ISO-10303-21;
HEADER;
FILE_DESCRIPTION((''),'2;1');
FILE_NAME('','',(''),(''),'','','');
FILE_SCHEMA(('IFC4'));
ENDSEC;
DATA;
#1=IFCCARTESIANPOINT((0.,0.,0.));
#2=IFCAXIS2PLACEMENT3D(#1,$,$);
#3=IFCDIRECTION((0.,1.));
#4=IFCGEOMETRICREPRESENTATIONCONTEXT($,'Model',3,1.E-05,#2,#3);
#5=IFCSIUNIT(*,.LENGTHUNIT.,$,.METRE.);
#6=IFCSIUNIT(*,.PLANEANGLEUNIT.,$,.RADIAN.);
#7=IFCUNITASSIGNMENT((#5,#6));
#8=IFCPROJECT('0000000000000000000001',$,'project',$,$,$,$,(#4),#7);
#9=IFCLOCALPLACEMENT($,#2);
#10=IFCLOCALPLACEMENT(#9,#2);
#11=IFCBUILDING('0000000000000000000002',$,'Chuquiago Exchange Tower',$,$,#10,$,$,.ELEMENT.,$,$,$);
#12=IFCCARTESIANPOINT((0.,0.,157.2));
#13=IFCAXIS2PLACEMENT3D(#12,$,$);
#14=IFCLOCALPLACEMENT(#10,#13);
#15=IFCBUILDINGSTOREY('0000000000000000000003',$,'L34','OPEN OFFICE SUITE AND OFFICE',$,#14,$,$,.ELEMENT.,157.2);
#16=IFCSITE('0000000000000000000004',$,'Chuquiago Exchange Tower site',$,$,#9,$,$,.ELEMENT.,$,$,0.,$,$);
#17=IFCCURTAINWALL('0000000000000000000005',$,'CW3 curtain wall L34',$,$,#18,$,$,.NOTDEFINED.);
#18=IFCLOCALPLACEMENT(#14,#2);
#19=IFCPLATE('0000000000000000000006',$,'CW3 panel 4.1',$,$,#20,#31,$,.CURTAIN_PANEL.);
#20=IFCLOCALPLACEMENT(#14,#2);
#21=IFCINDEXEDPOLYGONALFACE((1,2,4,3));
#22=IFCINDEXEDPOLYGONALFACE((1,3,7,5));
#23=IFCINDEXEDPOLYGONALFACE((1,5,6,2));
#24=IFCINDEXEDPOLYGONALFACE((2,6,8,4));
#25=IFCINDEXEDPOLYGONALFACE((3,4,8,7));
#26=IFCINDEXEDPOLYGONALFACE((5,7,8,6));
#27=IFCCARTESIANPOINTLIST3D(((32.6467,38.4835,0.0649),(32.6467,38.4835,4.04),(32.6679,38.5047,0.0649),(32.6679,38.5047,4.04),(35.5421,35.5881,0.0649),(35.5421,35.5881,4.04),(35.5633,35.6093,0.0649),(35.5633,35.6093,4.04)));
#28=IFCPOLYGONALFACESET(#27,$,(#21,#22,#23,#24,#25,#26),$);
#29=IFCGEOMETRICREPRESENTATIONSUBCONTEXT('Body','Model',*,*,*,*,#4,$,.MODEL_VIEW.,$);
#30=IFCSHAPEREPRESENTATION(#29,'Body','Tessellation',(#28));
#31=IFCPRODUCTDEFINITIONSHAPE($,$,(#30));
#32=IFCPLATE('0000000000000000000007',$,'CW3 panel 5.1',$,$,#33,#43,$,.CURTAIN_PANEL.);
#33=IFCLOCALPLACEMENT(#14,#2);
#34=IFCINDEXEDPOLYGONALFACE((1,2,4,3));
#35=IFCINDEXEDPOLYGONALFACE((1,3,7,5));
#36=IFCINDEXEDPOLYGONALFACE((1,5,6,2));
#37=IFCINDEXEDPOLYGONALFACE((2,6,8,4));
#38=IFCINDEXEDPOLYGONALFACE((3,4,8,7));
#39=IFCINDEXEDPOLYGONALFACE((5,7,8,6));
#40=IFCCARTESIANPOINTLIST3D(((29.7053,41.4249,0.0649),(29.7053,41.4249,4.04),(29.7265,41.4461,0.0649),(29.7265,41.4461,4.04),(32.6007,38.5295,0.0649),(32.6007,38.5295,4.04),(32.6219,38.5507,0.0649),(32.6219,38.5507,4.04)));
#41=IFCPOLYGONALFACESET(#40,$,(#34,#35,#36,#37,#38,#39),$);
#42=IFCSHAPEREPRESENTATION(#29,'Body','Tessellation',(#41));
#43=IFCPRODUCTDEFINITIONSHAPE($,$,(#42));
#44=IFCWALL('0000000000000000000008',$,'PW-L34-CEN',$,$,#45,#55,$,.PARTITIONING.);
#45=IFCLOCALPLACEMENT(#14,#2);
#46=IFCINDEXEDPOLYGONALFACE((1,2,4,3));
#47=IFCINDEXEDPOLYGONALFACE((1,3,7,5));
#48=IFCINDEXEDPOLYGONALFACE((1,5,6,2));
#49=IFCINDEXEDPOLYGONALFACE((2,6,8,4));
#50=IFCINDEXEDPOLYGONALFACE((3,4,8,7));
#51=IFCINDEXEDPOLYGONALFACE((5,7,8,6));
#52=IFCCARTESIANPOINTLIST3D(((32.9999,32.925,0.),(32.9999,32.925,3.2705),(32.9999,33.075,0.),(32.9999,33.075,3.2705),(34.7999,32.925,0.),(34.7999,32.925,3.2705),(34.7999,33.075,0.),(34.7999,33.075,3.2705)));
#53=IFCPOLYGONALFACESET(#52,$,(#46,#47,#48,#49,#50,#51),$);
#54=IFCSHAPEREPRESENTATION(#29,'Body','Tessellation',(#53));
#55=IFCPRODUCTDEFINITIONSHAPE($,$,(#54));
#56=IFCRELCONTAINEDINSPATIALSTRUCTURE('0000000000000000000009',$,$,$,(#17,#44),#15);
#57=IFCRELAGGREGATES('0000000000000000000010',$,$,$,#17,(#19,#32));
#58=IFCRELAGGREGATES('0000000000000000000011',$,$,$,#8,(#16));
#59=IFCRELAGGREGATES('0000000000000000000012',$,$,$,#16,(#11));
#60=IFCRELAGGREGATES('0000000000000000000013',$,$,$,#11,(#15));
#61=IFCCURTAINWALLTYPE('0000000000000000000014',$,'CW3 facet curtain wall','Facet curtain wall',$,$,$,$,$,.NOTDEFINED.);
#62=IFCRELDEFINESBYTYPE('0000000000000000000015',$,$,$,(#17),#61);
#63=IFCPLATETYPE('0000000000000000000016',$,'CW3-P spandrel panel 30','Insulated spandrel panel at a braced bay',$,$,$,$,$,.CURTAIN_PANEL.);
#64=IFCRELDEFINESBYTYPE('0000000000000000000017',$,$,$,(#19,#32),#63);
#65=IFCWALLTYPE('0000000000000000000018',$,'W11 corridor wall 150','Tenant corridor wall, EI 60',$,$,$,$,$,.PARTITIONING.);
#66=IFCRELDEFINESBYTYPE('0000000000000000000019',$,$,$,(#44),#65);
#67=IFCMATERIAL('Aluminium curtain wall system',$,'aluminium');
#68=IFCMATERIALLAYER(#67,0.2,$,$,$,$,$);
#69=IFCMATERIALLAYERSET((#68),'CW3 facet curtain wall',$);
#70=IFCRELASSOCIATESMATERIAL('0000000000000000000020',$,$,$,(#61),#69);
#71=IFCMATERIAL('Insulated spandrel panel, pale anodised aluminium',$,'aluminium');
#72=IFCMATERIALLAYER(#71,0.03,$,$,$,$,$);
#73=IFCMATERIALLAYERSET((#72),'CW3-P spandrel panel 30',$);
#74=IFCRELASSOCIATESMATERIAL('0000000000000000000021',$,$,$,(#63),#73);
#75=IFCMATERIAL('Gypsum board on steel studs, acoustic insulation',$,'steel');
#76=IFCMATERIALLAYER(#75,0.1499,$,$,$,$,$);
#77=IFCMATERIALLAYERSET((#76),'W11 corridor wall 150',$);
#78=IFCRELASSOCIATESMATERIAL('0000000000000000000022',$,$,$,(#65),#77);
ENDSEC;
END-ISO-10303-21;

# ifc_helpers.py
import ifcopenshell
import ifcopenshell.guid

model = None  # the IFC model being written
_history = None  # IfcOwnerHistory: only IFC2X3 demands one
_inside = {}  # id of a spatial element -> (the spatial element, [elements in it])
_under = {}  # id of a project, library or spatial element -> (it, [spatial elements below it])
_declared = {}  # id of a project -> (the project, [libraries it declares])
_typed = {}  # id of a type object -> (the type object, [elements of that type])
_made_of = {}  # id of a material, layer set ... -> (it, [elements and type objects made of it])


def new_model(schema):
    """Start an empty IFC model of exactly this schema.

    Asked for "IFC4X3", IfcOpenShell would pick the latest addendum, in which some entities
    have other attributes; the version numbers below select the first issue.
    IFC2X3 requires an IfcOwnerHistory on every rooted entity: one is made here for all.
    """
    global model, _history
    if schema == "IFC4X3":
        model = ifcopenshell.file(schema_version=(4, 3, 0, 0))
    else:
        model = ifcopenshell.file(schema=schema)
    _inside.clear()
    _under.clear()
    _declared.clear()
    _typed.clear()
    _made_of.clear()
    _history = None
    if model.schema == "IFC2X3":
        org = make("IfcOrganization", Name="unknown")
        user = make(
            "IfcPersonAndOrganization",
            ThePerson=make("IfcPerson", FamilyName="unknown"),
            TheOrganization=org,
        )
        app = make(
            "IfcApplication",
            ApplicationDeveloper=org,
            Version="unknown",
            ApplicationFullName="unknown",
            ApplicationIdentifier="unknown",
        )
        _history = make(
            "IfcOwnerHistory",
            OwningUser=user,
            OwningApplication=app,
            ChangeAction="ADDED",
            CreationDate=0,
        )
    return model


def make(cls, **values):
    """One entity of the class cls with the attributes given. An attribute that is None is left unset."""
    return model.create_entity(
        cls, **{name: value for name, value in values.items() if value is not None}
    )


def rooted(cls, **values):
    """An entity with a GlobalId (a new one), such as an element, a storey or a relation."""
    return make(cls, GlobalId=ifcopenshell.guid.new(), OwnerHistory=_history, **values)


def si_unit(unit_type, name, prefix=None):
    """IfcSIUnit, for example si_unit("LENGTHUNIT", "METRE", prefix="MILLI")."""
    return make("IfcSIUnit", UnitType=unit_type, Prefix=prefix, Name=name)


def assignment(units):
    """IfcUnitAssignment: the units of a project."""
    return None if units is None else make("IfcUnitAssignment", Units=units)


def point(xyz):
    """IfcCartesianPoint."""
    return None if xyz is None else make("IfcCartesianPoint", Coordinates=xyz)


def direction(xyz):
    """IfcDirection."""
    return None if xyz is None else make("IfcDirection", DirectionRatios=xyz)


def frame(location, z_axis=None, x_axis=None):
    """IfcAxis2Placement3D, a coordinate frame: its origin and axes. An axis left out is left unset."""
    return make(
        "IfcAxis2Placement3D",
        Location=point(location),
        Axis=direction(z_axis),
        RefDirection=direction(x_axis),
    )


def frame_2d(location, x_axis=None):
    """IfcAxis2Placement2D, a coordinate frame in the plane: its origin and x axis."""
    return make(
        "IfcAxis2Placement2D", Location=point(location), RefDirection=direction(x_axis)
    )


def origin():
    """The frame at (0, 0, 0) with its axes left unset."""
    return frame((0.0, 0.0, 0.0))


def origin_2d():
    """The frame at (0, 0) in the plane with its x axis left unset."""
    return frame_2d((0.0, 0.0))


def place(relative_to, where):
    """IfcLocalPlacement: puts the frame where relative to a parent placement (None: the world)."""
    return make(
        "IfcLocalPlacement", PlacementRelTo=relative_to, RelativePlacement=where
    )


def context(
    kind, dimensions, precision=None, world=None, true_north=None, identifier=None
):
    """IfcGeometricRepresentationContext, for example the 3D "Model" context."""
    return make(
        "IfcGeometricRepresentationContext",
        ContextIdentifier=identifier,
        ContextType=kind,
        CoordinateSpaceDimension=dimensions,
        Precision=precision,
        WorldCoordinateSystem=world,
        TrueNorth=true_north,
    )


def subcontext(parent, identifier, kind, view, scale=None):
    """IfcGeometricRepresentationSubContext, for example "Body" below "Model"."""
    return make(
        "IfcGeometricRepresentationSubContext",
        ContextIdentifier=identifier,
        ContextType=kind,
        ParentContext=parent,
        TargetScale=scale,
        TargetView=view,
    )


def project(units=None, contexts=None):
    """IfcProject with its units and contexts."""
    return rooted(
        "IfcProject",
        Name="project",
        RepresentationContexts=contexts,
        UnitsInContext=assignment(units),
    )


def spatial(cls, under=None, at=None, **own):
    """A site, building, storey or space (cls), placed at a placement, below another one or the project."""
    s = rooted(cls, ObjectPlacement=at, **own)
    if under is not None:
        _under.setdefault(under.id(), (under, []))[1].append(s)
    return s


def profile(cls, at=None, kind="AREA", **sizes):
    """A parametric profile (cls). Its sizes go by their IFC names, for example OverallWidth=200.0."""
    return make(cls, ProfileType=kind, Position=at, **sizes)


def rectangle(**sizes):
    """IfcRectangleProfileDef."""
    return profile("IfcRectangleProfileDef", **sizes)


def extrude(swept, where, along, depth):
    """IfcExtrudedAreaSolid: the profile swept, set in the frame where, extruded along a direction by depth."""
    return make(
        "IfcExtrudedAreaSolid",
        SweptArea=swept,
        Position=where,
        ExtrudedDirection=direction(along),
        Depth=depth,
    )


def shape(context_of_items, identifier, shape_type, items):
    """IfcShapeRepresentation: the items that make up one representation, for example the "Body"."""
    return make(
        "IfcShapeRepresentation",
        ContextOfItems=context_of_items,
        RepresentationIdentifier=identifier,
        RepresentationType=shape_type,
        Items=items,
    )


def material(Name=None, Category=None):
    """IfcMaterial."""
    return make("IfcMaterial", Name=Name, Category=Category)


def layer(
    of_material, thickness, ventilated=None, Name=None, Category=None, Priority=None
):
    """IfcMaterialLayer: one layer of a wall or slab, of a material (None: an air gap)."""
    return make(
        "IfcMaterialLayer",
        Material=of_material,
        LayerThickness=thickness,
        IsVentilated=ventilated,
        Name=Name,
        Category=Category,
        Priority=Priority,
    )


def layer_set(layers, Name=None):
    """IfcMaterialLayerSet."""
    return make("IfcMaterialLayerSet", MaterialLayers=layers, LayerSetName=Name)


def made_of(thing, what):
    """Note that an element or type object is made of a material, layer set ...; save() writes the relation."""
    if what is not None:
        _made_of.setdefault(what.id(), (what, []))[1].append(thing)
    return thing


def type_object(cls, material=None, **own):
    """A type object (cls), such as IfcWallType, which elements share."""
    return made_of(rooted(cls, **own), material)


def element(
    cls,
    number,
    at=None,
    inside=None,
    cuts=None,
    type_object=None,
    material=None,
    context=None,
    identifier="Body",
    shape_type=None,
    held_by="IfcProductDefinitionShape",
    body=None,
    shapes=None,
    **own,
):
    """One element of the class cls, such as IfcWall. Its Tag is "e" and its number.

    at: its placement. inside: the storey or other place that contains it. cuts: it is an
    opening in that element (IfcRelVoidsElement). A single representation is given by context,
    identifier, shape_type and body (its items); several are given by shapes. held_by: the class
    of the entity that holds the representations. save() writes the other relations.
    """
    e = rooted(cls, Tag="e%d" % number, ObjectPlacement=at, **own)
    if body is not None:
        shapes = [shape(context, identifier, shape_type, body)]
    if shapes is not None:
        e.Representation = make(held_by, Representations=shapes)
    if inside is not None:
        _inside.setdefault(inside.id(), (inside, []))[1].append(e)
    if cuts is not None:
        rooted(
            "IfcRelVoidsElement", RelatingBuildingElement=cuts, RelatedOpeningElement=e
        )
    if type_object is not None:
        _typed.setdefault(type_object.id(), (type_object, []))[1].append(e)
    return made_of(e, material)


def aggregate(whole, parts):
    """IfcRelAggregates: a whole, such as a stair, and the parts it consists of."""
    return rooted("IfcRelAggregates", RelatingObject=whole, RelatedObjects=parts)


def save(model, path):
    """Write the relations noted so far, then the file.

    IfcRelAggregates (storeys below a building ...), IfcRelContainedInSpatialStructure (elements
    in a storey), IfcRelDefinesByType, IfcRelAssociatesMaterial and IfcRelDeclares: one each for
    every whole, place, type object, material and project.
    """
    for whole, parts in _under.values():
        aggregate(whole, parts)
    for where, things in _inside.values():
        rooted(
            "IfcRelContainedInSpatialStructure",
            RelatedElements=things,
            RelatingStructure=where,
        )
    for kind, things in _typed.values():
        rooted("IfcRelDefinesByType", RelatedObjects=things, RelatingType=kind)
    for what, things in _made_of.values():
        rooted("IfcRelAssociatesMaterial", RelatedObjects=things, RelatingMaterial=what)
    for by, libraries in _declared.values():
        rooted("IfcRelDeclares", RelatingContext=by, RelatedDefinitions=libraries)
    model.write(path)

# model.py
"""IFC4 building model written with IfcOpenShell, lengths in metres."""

from ifc_helpers import new_model, si_unit, direction, frame, frame_2d, origin, origin_2d, place, context, subcontext, project, spatial, rectangle, extrude, material, layer, layer_set, type_object, element, aggregate, save


model = new_model("IFC4")

# Units and contexts
model_context = context("Model", 3, precision=1e-05, world=origin(), true_north=direction((0.0, 1.0)))
body_context = subcontext(model_context, "Body", "Model", "MODEL_VIEW")
ifc_project = project(units=[si_unit("LENGTHUNIT", "METRE"), si_unit("PLANEANGLEUNIT", "RADIAN")], contexts=[model_context])

# Site, building, storey
site_placement = place(None, origin())
site = spatial("IfcSite", under=ifc_project, at=site_placement, Name="Chuquiago Exchange Tower site", CompositionType="ELEMENT", RefElevation=0.0)
building_placement = place(site_placement, origin())
building = spatial("IfcBuilding", under=site, at=building_placement, Name="Chuquiago Exchange Tower", CompositionType="ELEMENT")
storey_placement = place(building_placement, frame((0.0, 0.0, 157.2)))
storey = spatial("IfcBuildingStorey", under=building, at=storey_placement, Name="L34", Description="OPEN OFFICE SUITE AND OFFICE", CompositionType="ELEMENT", Elevation=157.2)

# Curtain wall
ifc_material_1 = material(Name="Aluminium curtain wall system", Category="aluminium")
ifc_layer_1 = layer(ifc_material_1, 0.2)
ifc_layer_set_1 = layer_set([ifc_layer_1], Name="CW3 facet curtain wall")
curtain_wall_type = type_object("IfcCurtainWallType", Name="CW3 facet curtain wall", Description="Facet curtain wall", PredefinedType="NOTDEFINED", material=ifc_layer_set_1)
curtain_wall_placement = place(storey_placement, origin())
curtain_wall = element("IfcCurtainWall", 1, at=curtain_wall_placement, inside=storey, type_object=curtain_wall_type, Name="CW3 curtain wall L34", PredefinedType="NOTDEFINED")

# Plates
ifc_material_2 = material(Name="Insulated spandrel panel, pale anodised aluminium", Category="aluminium")
ifc_layer_2 = layer(ifc_material_2, 0.03)
ifc_layer_set_2 = layer_set([ifc_layer_2], Name="CW3-P spandrel panel 30")
plate_type = type_object("IfcPlateType", Name="CW3-P spandrel panel 30", Description="Insulated spandrel panel at a braced bay", PredefinedType="CURTAIN_PANEL", material=ifc_layer_set_2)
plate_1_placement = place(storey_placement, frame((34.105, 37.0464, 0.0649), z_axis=(0.0, 0.0, 1.0), x_axis=(-0.707107, 0.707107, 0.0)))
plate_1 = element("IfcPlate", 2, at=plate_1_placement, type_object=plate_type, Name="CW3 panel 4.1", PredefinedType="CURTAIN_PANEL", context=body_context, shape_type="SweptSolid", body=[
    extrude(rectangle(XDim=4.0947, YDim=0.03, at=origin_2d()), origin(), (0.0, 0.0, 1.0), 3.9751),
])
plate_2_placement = place(storey_placement, frame((31.1636, 39.9878, 0.0649), z_axis=(0.0, 0.0, 1.0), x_axis=(-0.707107, 0.707107, 0.0)))
plate_2 = element("IfcPlate", 3, at=plate_2_placement, type_object=plate_type, Name="CW3 panel 5.1", PredefinedType="CURTAIN_PANEL", context=body_context, shape_type="SweptSolid", body=[
    extrude(rectangle(XDim=4.0947, YDim=0.03, at=origin_2d()), origin(), (0.0, 0.0, 1.0), 3.9751),
])
aggregate(curtain_wall, [plate_1, plate_2])

# Wall
ifc_material_3 = material(Name="Gypsum board on steel studs, acoustic insulation", Category="steel")
ifc_layer_3 = layer(ifc_material_3, 0.1499)
ifc_layer_set_3 = layer_set([ifc_layer_3], Name="W11 corridor wall 150")
wall_type = type_object("IfcWallType", Name="W11 corridor wall 150", Description="Tenant corridor wall, EI 60", PredefinedType="PARTITIONING", material=ifc_layer_set_3)
wall_placement = place(storey_placement, frame((33.0, 33.0, 0.0), z_axis=(0.0, 0.0, 1.0), x_axis=(1.0, 0.0, 0.0)))
element("IfcWall", 4, at=wall_placement, inside=storey, type_object=wall_type, Name="PW-L34-CEN", PredefinedType="PARTITIONING", context=body_context, shape_type="SweptSolid", body=[
    extrude(rectangle(XDim=1.8, YDim=0.1499, at=frame_2d((0.8999, 0.0))), origin(), (0.0, 0.0, 1.0), 3.2705),
])

save(model, "model.ifc")
